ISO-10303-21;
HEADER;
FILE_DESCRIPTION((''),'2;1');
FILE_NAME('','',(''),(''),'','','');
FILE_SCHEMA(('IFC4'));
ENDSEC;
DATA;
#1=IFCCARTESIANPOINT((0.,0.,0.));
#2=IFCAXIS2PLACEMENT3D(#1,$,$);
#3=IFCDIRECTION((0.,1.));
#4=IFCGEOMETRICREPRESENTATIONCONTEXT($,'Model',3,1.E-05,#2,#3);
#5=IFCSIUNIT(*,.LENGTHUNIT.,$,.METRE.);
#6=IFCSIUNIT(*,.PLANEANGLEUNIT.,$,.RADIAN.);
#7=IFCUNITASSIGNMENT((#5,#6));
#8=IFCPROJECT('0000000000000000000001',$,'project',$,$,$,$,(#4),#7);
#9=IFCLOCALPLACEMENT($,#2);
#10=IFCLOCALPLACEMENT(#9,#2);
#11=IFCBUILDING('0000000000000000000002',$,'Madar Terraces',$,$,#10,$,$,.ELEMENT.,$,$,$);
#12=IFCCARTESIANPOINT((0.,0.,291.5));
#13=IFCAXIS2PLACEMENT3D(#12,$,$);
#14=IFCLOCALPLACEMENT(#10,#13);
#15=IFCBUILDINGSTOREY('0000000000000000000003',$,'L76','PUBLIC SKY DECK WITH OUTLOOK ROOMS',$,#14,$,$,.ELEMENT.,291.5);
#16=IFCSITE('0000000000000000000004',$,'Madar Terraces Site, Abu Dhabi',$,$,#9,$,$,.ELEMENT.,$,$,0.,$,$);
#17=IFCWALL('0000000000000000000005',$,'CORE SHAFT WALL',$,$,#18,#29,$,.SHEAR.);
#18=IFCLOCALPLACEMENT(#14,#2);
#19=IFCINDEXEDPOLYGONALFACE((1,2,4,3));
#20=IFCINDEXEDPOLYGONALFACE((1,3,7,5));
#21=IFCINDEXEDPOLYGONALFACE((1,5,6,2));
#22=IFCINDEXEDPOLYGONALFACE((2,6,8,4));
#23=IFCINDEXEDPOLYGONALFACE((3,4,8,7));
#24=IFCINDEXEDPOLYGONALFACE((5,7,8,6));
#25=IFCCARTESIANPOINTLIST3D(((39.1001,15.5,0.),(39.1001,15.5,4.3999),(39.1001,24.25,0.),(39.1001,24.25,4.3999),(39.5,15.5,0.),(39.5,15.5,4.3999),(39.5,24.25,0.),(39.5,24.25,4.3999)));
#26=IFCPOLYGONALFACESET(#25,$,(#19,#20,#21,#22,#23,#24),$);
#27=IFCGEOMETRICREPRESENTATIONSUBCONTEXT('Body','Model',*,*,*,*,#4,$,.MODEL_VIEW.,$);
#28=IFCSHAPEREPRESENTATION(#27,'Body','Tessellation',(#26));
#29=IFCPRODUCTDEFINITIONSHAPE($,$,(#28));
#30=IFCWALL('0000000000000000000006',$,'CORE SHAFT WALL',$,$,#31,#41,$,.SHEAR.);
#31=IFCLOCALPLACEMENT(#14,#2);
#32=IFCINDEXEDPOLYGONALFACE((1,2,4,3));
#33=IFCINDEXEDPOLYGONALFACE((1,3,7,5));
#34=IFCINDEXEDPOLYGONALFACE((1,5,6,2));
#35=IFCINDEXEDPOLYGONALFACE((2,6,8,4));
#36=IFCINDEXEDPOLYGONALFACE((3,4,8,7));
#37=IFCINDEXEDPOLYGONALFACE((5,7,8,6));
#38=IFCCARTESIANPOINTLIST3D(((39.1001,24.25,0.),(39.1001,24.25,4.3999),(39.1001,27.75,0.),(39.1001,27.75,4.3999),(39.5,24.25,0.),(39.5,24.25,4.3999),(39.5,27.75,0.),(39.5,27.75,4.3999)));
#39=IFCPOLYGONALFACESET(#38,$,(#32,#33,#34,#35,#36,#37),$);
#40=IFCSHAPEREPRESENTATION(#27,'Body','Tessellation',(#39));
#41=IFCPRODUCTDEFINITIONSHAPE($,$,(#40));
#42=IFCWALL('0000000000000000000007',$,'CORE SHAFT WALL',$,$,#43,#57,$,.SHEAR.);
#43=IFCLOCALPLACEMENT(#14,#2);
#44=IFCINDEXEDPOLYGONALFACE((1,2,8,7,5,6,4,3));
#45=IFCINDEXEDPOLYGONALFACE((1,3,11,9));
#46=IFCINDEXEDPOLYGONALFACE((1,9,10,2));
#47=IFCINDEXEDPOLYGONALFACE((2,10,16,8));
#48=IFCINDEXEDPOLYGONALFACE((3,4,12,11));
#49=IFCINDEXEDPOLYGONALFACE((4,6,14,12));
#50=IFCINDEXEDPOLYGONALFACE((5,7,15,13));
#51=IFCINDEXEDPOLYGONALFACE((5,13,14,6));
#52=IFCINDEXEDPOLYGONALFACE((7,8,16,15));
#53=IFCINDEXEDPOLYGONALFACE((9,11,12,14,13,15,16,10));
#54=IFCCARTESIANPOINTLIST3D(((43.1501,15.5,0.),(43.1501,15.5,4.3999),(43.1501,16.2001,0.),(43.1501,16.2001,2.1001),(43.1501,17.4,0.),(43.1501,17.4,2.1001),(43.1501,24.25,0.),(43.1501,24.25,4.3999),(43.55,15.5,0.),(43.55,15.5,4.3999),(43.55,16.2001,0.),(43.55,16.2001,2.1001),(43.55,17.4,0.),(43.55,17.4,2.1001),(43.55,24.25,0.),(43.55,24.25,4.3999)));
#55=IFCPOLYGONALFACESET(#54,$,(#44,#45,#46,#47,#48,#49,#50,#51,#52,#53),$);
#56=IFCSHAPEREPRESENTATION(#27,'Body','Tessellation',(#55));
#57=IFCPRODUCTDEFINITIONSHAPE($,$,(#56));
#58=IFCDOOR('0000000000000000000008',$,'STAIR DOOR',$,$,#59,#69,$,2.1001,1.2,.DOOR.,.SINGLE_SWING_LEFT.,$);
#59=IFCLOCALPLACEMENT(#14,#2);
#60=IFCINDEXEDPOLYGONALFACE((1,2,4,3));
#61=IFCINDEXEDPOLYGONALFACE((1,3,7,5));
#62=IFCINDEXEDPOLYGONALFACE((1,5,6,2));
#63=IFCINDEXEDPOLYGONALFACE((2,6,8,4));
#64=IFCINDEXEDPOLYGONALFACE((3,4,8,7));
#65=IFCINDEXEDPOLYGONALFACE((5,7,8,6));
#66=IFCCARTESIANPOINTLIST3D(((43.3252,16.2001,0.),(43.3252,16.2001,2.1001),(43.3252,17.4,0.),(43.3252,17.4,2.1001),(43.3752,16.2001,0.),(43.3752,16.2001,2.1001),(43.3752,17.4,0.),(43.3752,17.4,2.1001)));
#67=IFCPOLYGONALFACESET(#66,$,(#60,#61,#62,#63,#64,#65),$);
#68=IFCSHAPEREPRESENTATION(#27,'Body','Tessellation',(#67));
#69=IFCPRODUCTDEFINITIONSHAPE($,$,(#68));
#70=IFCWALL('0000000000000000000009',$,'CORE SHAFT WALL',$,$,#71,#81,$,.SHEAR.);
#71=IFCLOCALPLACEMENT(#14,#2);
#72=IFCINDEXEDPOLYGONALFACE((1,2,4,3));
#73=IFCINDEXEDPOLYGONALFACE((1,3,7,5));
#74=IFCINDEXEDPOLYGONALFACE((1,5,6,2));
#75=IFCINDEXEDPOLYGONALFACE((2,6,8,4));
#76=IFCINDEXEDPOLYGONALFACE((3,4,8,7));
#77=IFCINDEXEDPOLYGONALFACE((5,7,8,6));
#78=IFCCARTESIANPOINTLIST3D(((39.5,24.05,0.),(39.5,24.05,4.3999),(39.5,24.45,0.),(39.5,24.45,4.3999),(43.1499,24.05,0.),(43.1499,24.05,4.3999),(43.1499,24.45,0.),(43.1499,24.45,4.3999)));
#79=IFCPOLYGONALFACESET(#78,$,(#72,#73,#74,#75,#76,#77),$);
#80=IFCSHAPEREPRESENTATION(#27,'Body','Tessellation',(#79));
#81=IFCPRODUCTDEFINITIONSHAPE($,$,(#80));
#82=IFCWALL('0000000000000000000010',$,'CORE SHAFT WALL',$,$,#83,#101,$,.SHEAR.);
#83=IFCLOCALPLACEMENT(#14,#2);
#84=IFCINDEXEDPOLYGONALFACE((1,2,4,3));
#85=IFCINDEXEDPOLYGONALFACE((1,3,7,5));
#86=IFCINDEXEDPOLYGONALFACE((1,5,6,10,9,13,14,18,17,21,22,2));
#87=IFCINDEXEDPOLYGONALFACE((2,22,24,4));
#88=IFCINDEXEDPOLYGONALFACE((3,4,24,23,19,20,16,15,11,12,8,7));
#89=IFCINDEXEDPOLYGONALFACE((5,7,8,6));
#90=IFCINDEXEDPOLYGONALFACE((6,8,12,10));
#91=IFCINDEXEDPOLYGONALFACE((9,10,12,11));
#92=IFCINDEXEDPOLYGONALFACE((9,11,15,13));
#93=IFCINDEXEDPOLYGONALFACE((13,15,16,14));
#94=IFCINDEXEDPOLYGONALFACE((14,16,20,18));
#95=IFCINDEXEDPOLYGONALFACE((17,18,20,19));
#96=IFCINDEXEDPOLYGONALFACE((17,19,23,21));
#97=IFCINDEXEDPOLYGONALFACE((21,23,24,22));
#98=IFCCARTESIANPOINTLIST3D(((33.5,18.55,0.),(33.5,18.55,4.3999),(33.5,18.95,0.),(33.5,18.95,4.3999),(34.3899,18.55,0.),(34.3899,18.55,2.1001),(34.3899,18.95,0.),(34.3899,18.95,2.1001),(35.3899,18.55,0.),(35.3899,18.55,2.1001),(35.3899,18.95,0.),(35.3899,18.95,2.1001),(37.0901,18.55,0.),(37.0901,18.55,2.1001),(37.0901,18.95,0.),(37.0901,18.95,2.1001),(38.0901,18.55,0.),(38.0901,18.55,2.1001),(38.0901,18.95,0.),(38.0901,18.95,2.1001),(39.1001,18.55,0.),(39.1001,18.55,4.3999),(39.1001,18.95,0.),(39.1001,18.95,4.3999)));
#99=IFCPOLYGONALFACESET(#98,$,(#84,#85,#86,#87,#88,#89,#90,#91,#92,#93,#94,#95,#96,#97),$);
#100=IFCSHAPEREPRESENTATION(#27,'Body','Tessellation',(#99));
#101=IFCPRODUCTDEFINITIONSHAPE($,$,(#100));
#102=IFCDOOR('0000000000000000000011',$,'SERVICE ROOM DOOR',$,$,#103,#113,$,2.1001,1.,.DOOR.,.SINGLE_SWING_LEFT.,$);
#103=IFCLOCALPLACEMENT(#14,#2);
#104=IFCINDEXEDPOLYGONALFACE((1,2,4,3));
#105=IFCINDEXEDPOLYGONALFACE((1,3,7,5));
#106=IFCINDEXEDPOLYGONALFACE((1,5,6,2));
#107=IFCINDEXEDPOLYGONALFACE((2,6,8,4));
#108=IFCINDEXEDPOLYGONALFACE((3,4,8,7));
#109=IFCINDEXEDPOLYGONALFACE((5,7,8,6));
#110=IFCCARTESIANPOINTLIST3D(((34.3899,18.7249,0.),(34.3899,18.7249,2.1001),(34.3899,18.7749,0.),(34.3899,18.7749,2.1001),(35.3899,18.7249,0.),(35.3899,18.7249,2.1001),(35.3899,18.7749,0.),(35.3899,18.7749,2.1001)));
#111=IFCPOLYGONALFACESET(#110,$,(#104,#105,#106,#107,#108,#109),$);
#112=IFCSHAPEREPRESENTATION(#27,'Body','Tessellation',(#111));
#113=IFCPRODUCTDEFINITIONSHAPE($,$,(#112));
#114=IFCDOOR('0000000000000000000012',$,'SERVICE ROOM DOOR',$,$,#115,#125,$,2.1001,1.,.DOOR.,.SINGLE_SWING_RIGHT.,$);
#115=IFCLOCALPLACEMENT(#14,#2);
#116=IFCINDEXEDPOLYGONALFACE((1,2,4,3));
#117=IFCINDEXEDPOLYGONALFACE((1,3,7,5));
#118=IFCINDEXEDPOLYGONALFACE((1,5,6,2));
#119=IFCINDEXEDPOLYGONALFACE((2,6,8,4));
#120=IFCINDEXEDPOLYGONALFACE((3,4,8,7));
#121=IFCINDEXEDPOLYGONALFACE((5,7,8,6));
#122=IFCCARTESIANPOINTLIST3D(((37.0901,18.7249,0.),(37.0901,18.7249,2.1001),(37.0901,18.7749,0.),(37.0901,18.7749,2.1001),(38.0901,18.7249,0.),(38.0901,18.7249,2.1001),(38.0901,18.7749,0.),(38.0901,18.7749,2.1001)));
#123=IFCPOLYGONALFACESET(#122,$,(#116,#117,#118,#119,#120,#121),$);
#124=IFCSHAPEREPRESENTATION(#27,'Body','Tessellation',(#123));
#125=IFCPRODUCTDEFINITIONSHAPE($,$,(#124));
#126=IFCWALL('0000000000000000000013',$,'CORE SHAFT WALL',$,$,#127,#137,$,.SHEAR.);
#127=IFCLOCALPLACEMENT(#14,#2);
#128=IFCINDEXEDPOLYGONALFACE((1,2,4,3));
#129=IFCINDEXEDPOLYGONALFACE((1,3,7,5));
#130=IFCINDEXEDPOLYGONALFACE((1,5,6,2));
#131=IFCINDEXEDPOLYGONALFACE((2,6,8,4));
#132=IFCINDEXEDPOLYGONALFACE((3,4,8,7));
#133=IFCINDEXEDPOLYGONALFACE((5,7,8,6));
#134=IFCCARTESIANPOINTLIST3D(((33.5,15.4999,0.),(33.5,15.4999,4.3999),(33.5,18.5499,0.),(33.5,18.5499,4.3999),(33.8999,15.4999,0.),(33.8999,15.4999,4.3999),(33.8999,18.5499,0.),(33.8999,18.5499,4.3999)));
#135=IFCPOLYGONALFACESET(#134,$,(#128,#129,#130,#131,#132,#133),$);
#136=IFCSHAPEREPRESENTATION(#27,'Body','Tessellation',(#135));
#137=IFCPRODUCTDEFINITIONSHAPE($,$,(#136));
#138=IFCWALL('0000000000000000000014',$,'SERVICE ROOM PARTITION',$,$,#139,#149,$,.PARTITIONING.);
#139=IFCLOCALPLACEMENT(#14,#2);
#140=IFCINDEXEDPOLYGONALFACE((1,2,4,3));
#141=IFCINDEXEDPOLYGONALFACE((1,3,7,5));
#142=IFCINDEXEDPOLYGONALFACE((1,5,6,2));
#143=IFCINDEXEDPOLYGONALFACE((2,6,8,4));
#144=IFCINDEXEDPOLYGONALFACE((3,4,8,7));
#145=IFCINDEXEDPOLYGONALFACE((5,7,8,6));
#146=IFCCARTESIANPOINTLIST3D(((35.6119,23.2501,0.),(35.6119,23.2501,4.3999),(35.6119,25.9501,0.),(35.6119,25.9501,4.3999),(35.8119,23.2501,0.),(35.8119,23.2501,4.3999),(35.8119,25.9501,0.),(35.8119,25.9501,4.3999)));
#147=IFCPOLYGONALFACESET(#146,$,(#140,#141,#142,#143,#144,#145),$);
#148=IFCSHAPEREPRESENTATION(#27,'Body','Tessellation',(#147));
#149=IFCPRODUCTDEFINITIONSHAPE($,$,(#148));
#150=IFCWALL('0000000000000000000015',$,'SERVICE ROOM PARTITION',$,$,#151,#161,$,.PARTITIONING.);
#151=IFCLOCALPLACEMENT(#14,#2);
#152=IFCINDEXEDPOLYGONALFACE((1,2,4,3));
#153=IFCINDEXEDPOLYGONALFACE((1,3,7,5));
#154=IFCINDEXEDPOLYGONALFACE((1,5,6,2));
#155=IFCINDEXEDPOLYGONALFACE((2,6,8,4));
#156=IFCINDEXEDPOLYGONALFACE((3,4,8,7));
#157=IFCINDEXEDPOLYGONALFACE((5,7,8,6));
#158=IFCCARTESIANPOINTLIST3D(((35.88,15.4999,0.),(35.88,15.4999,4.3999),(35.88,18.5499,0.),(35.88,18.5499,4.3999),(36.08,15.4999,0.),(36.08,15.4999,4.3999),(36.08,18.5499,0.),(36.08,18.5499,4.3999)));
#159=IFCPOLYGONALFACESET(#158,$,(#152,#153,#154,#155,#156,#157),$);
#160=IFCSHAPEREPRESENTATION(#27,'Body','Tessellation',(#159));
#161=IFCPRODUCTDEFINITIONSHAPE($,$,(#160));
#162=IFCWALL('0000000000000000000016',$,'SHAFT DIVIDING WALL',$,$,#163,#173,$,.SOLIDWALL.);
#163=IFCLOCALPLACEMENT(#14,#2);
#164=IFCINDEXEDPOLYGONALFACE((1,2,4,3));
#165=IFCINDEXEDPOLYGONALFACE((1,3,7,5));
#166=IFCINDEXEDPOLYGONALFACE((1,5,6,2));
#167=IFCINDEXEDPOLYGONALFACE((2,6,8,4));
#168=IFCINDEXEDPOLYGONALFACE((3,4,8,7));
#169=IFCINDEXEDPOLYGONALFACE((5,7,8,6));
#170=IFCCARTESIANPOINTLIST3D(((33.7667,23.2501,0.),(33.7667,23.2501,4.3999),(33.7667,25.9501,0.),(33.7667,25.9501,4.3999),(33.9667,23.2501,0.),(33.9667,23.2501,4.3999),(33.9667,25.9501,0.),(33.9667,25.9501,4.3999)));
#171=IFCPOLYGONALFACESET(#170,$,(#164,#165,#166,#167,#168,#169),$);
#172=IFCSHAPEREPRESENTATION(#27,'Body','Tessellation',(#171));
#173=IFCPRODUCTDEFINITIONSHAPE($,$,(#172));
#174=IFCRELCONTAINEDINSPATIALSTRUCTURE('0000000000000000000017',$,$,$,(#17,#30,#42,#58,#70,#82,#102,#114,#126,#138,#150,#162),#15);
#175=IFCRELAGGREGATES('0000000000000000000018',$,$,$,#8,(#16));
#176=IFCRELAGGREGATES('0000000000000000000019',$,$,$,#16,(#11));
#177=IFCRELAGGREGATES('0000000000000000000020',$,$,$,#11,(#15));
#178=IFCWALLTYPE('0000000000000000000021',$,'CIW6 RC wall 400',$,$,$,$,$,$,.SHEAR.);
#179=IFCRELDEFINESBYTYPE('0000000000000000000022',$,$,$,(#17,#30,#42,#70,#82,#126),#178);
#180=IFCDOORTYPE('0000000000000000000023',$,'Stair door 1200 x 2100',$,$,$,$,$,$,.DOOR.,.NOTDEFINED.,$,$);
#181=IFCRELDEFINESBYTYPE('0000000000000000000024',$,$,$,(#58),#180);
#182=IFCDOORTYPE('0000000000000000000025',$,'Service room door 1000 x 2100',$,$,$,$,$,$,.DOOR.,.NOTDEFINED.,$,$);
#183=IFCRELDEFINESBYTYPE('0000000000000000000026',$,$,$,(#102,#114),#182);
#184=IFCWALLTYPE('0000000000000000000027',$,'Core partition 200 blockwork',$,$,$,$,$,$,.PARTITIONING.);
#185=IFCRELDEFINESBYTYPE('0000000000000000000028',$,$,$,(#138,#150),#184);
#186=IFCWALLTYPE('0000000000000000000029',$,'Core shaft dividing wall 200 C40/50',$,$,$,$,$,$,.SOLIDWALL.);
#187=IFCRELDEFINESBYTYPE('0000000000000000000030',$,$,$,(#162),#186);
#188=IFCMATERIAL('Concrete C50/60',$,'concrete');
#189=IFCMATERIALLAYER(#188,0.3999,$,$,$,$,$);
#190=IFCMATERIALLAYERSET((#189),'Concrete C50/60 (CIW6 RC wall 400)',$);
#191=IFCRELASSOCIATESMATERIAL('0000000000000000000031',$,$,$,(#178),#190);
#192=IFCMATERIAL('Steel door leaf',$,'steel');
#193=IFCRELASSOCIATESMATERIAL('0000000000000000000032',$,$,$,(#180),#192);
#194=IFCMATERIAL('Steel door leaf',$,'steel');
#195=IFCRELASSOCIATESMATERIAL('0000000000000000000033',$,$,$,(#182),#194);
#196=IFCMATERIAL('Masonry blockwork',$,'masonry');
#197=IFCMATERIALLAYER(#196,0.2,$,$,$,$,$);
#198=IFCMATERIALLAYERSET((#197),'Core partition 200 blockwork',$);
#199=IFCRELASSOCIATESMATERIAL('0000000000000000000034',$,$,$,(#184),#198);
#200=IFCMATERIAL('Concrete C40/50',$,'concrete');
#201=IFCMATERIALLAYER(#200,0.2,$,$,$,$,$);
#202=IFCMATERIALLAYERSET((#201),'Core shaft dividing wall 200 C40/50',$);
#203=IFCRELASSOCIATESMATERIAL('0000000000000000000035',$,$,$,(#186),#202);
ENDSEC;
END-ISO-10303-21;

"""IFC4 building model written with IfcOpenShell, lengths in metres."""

from ifc_helpers import new_model, si_unit, direction, frame, frame_2d, origin, place, context, subcontext, project, spatial, rectangle, extrude, material, layer, layer_set, type_object, element, fill, save


model = new_model("IFC4")

# Units and contexts
model_context = context("Model", 3, precision=1e-05, world=origin(), true_north=direction((0.0, 1.0)))
body_context = subcontext(model_context, "Body", "Model", "MODEL_VIEW")
ifc_project = project(units=[si_unit("LENGTHUNIT", "METRE"), si_unit("PLANEANGLEUNIT", "RADIAN")], contexts=[model_context])

# Site, building, storey
site_placement = place(None, origin())
site = spatial("IfcSite", under=ifc_project, at=site_placement, Name="Madar Terraces Site, Abu Dhabi", CompositionType="ELEMENT", RefElevation=0.0)
building_placement = place(site_placement, origin())
building = spatial("IfcBuilding", under=site, at=building_placement, Name="Madar Terraces", CompositionType="ELEMENT")
storey_placement = place(building_placement, frame((0.0, 0.0, 291.5)))
storey = spatial("IfcBuildingStorey", under=building, at=storey_placement, Name="L76", Description="PUBLIC SKY DECK WITH OUTLOOK ROOMS", CompositionType="ELEMENT", Elevation=291.5)

# Walls
ifc_material_1 = material(Name="Concrete C50/60", Category="concrete")
ifc_layer_1 = layer(ifc_material_1, 0.3999)
ifc_layer_set_1 = layer_set([ifc_layer_1], Name="Concrete C50/60 (CIW6 RC wall 400)")
wall_type_1 = type_object("IfcWallType", Name="CIW6 RC wall 400", PredefinedType="SHEAR", material=ifc_layer_set_1)
wall_1_placement = place(storey_placement, frame((39.3, 15.5, 0.0), z_axis=(0.0, 0.0, 1.0), x_axis=(0.0, 1.0, 0.0)))
element("IfcWall", 1, at=wall_1_placement, inside=storey, type_object=wall_type_1, Name="CORE SHAFT WALL", PredefinedType="SHEAR", context=body_context, shape_type="SweptSolid", body=[
    extrude(rectangle(XDim=8.75, YDim=0.3999, at=frame_2d((4.375, 0.0))), origin(), (0.0, 0.0, 1.0), 4.3999),
])
wall_2_placement = place(storey_placement, frame((39.3, 24.25, 0.0), z_axis=(0.0, 0.0, 1.0), x_axis=(0.0, 1.0, 0.0)))
element("IfcWall", 2, at=wall_2_placement, inside=storey, type_object=wall_type_1, Name="CORE SHAFT WALL", PredefinedType="SHEAR", context=body_context, shape_type="SweptSolid", body=[
    extrude(rectangle(XDim=3.5, YDim=0.3999, at=frame_2d((1.75, 0.0))), origin(), (0.0, 0.0, 1.0), 4.3999),
])

# Wall, opening, door
wall_3_placement = place(storey_placement, frame((43.3501, 15.5, 0.0), z_axis=(0.0, 0.0, 1.0), x_axis=(0.0, 1.0, 0.0)))
wall_3 = element("IfcWall", 3, at=wall_3_placement, inside=storey, type_object=wall_type_1, Name="CORE SHAFT WALL", PredefinedType="SHEAR", context=body_context, shape_type="SweptSolid", body=[
    extrude(rectangle(XDim=8.75, YDim=0.3999, at=frame_2d((4.375, 0.0))), origin(), (0.0, 0.0, 1.0), 4.3999),
])
opening_1_placement = place(wall_3_placement, frame((0.7, 0.0, 0.0)))
opening_1 = element("IfcOpeningElement", 4, at=opening_1_placement, cuts=wall_3, PredefinedType="OPENING", context=body_context, shape_type="SweptSolid", body=[
    extrude(rectangle(XDim=1.2, YDim=2.1001, at=frame_2d((0.6001, 1.05))), frame((0.0, 0.21, 0.0), z_axis=(0.0, -1.0, 0.0), x_axis=(1.0, 0.0, 0.0)), (0.0, 0.0, 1.0), 0.4199),
])
ifc_material_2 = material(Name="Steel door leaf", Category="steel")
door_type_1 = type_object("IfcDoorType", Name="Stair door 1200 x 2100", OperationType="NOTDEFINED", PredefinedType="DOOR", material=ifc_material_2)
door_1_placement = place(opening_1_placement, origin())
door_1 = element("IfcDoor", 5, at=door_1_placement, inside=storey, type_object=door_type_1, Name="STAIR DOOR", OperationType="SINGLE_SWING_LEFT", OverallHeight=2.1001, OverallWidth=1.2, PredefinedType="DOOR", context=body_context, shape_type="SweptSolid", body=[
    extrude(rectangle(XDim=1.2, YDim=2.1001, at=frame_2d((0.6001, 1.05))), frame((0.0, 0.0249, 0.0), z_axis=(0.0, -1.0, 0.0), x_axis=(1.0, 0.0, 0.0)), (0.0, 0.0, 1.0), 0.05),
])
fill(opening_1, door_1)

# Wall
wall_4_placement = place(storey_placement, frame((39.5, 24.25, 0.0), z_axis=(0.0, 0.0, 1.0), x_axis=(1.0, 0.0, 0.0)))
element("IfcWall", 6, at=wall_4_placement, inside=storey, type_object=wall_type_1, Name="CORE SHAFT WALL", PredefinedType="SHEAR", context=body_context, shape_type="SweptSolid", body=[
    extrude(rectangle(XDim=3.6499, YDim=0.3999, at=frame_2d((1.825, 0.0))), origin(), (0.0, 0.0, 1.0), 4.3999),
])

# Wall, openings, doors
wall_5_placement = place(storey_placement, frame((33.5, 18.75, 0.0), z_axis=(0.0, 0.0, 1.0), x_axis=(1.0, 0.0, 0.0)))
wall_5 = element("IfcWall", 7, at=wall_5_placement, inside=storey, type_object=wall_type_1, Name="CORE SHAFT WALL", PredefinedType="SHEAR", context=body_context, shape_type="SweptSolid", body=[
    extrude(rectangle(XDim=5.6001, YDim=0.3999, at=frame_2d((2.8, 0.0))), origin(), (0.0, 0.0, 1.0), 4.3999),
])
opening_2_placement = place(wall_5_placement, frame((0.8899, 0.0, 0.0)))
opening_2 = element("IfcOpeningElement", 8, at=opening_2_placement, cuts=wall_5, PredefinedType="OPENING", context=body_context, shape_type="SweptSolid", body=[
    extrude(rectangle(XDim=1.0, YDim=2.1001, at=frame_2d((0.5, 1.05))), frame((0.0, 0.21, 0.0), z_axis=(0.0, -1.0, 0.0), x_axis=(1.0, 0.0, 0.0)), (0.0, 0.0, 1.0), 0.4199),
])
opening_3_placement = place(wall_5_placement, frame((3.5901, 0.0, 0.0)))
opening_3 = element("IfcOpeningElement", 9, at=opening_3_placement, cuts=wall_5, PredefinedType="OPENING", context=body_context, shape_type="SweptSolid", body=[
    extrude(rectangle(XDim=1.0, YDim=2.1001, at=frame_2d((0.5, 1.05))), frame((0.0, 0.21, 0.0), z_axis=(0.0, -1.0, 0.0), x_axis=(1.0, 0.0, 0.0)), (0.0, 0.0, 1.0), 0.4199),
])
ifc_material_3 = material(Name="Steel door leaf", Category="steel")
door_type_2 = type_object("IfcDoorType", Name="Service room door 1000 x 2100", OperationType="NOTDEFINED", PredefinedType="DOOR", material=ifc_material_3)
door_2_placement = place(opening_2_placement, origin())
door_2 = element("IfcDoor", 10, at=door_2_placement, inside=storey, type_object=door_type_2, Name="SERVICE ROOM DOOR", OperationType="SINGLE_SWING_LEFT", OverallHeight=2.1001, OverallWidth=1.0, PredefinedType="DOOR", context=body_context, shape_type="SweptSolid", body=[
    extrude(rectangle(XDim=1.0, YDim=2.1001, at=frame_2d((0.5, 1.05))), frame((0.0, 0.0249, 0.0), z_axis=(0.0, -1.0, 0.0), x_axis=(1.0, 0.0, 0.0)), (0.0, 0.0, 1.0), 0.05),
])
fill(opening_2, door_2)
door_3_placement = place(opening_3_placement, origin())
door_3 = element("IfcDoor", 11, at=door_3_placement, inside=storey, type_object=door_type_2, Name="SERVICE ROOM DOOR", OperationType="SINGLE_SWING_RIGHT", OverallHeight=2.1001, OverallWidth=1.0, PredefinedType="DOOR", context=body_context, shape_type="SweptSolid", body=[
    extrude(rectangle(XDim=1.0, YDim=2.1001, at=frame_2d((0.5, 1.05))), frame((0.0, 0.0249, 0.0), z_axis=(0.0, -1.0, 0.0), x_axis=(1.0, 0.0, 0.0)), (0.0, 0.0, 1.0), 0.05),
])
fill(opening_3, door_3)

# Walls
wall_6_placement = place(storey_placement, frame((33.7, 15.5, 0.0), z_axis=(0.0, 0.0, 1.0), x_axis=(0.0, 1.0, 0.0)))
element("IfcWall", 12, at=wall_6_placement, inside=storey, type_object=wall_type_1, Name="CORE SHAFT WALL", PredefinedType="SHEAR", context=body_context, shape_type="SweptSolid", body=[
    extrude(rectangle(XDim=3.05, YDim=0.3999, at=frame_2d((1.5249, 0.0))), origin(), (0.0, 0.0, 1.0), 4.3999),
])
ifc_material_4 = material(Name="Masonry blockwork", Category="masonry")
ifc_layer_2 = layer(ifc_material_4, 0.2)
ifc_layer_set_2 = layer_set([ifc_layer_2], Name="Core partition 200 blockwork")
wall_type_2 = type_object("IfcWallType", Name="Core partition 200 blockwork", PredefinedType="PARTITIONING", material=ifc_layer_set_2)
wall_7_placement = place(storey_placement, frame((35.7119, 23.25, 0.0), z_axis=(0.0, 0.0, 1.0), x_axis=(0.0, 1.0, 0.0)))
element("IfcWall", 13, at=wall_7_placement, inside=storey, type_object=wall_type_2, Name="SERVICE ROOM PARTITION", PredefinedType="PARTITIONING", context=body_context, shape_type="SweptSolid", body=[
    extrude(rectangle(XDim=2.7, YDim=0.2, at=frame_2d((1.3501, 0.0))), origin(), (0.0, 0.0, 1.0), 4.3999),
])
wall_8_placement = place(storey_placement, frame((35.98, 15.5, 0.0), z_axis=(0.0, 0.0, 1.0), x_axis=(0.0, 1.0, 0.0)))
element("IfcWall", 14, at=wall_8_placement, inside=storey, type_object=wall_type_2, Name="SERVICE ROOM PARTITION", PredefinedType="PARTITIONING", context=body_context, shape_type="SweptSolid", body=[
    extrude(rectangle(XDim=3.05, YDim=0.2, at=frame_2d((1.5249, 0.0))), origin(), (0.0, 0.0, 1.0), 4.3999),
])
ifc_material_5 = material(Name="Concrete C40/50", Category="concrete")
ifc_layer_3 = layer(ifc_material_5, 0.2)
ifc_layer_set_3 = layer_set([ifc_layer_3], Name="Core shaft dividing wall 200 C40/50")
wall_type_3 = type_object("IfcWallType", Name="Core shaft dividing wall 200 C40/50", PredefinedType="SOLIDWALL", material=ifc_layer_set_3)
wall_9_placement = place(storey_placement, frame((33.8667, 23.25, 0.0), z_axis=(0.0, 0.0, 1.0), x_axis=(0.0, 1.0, 0.0)))
element("IfcWall", 15, at=wall_9_placement, inside=storey, type_object=wall_type_3, Name="SHAFT DIVIDING WALL", PredefinedType="SOLIDWALL", context=body_context, shape_type="SweptSolid", body=[
    extrude(rectangle(XDim=2.7, YDim=0.2, at=frame_2d((1.3501, 0.0))), origin(), (0.0, 0.0, 1.0), 4.3999),
])

save(model, "model.ifc")
